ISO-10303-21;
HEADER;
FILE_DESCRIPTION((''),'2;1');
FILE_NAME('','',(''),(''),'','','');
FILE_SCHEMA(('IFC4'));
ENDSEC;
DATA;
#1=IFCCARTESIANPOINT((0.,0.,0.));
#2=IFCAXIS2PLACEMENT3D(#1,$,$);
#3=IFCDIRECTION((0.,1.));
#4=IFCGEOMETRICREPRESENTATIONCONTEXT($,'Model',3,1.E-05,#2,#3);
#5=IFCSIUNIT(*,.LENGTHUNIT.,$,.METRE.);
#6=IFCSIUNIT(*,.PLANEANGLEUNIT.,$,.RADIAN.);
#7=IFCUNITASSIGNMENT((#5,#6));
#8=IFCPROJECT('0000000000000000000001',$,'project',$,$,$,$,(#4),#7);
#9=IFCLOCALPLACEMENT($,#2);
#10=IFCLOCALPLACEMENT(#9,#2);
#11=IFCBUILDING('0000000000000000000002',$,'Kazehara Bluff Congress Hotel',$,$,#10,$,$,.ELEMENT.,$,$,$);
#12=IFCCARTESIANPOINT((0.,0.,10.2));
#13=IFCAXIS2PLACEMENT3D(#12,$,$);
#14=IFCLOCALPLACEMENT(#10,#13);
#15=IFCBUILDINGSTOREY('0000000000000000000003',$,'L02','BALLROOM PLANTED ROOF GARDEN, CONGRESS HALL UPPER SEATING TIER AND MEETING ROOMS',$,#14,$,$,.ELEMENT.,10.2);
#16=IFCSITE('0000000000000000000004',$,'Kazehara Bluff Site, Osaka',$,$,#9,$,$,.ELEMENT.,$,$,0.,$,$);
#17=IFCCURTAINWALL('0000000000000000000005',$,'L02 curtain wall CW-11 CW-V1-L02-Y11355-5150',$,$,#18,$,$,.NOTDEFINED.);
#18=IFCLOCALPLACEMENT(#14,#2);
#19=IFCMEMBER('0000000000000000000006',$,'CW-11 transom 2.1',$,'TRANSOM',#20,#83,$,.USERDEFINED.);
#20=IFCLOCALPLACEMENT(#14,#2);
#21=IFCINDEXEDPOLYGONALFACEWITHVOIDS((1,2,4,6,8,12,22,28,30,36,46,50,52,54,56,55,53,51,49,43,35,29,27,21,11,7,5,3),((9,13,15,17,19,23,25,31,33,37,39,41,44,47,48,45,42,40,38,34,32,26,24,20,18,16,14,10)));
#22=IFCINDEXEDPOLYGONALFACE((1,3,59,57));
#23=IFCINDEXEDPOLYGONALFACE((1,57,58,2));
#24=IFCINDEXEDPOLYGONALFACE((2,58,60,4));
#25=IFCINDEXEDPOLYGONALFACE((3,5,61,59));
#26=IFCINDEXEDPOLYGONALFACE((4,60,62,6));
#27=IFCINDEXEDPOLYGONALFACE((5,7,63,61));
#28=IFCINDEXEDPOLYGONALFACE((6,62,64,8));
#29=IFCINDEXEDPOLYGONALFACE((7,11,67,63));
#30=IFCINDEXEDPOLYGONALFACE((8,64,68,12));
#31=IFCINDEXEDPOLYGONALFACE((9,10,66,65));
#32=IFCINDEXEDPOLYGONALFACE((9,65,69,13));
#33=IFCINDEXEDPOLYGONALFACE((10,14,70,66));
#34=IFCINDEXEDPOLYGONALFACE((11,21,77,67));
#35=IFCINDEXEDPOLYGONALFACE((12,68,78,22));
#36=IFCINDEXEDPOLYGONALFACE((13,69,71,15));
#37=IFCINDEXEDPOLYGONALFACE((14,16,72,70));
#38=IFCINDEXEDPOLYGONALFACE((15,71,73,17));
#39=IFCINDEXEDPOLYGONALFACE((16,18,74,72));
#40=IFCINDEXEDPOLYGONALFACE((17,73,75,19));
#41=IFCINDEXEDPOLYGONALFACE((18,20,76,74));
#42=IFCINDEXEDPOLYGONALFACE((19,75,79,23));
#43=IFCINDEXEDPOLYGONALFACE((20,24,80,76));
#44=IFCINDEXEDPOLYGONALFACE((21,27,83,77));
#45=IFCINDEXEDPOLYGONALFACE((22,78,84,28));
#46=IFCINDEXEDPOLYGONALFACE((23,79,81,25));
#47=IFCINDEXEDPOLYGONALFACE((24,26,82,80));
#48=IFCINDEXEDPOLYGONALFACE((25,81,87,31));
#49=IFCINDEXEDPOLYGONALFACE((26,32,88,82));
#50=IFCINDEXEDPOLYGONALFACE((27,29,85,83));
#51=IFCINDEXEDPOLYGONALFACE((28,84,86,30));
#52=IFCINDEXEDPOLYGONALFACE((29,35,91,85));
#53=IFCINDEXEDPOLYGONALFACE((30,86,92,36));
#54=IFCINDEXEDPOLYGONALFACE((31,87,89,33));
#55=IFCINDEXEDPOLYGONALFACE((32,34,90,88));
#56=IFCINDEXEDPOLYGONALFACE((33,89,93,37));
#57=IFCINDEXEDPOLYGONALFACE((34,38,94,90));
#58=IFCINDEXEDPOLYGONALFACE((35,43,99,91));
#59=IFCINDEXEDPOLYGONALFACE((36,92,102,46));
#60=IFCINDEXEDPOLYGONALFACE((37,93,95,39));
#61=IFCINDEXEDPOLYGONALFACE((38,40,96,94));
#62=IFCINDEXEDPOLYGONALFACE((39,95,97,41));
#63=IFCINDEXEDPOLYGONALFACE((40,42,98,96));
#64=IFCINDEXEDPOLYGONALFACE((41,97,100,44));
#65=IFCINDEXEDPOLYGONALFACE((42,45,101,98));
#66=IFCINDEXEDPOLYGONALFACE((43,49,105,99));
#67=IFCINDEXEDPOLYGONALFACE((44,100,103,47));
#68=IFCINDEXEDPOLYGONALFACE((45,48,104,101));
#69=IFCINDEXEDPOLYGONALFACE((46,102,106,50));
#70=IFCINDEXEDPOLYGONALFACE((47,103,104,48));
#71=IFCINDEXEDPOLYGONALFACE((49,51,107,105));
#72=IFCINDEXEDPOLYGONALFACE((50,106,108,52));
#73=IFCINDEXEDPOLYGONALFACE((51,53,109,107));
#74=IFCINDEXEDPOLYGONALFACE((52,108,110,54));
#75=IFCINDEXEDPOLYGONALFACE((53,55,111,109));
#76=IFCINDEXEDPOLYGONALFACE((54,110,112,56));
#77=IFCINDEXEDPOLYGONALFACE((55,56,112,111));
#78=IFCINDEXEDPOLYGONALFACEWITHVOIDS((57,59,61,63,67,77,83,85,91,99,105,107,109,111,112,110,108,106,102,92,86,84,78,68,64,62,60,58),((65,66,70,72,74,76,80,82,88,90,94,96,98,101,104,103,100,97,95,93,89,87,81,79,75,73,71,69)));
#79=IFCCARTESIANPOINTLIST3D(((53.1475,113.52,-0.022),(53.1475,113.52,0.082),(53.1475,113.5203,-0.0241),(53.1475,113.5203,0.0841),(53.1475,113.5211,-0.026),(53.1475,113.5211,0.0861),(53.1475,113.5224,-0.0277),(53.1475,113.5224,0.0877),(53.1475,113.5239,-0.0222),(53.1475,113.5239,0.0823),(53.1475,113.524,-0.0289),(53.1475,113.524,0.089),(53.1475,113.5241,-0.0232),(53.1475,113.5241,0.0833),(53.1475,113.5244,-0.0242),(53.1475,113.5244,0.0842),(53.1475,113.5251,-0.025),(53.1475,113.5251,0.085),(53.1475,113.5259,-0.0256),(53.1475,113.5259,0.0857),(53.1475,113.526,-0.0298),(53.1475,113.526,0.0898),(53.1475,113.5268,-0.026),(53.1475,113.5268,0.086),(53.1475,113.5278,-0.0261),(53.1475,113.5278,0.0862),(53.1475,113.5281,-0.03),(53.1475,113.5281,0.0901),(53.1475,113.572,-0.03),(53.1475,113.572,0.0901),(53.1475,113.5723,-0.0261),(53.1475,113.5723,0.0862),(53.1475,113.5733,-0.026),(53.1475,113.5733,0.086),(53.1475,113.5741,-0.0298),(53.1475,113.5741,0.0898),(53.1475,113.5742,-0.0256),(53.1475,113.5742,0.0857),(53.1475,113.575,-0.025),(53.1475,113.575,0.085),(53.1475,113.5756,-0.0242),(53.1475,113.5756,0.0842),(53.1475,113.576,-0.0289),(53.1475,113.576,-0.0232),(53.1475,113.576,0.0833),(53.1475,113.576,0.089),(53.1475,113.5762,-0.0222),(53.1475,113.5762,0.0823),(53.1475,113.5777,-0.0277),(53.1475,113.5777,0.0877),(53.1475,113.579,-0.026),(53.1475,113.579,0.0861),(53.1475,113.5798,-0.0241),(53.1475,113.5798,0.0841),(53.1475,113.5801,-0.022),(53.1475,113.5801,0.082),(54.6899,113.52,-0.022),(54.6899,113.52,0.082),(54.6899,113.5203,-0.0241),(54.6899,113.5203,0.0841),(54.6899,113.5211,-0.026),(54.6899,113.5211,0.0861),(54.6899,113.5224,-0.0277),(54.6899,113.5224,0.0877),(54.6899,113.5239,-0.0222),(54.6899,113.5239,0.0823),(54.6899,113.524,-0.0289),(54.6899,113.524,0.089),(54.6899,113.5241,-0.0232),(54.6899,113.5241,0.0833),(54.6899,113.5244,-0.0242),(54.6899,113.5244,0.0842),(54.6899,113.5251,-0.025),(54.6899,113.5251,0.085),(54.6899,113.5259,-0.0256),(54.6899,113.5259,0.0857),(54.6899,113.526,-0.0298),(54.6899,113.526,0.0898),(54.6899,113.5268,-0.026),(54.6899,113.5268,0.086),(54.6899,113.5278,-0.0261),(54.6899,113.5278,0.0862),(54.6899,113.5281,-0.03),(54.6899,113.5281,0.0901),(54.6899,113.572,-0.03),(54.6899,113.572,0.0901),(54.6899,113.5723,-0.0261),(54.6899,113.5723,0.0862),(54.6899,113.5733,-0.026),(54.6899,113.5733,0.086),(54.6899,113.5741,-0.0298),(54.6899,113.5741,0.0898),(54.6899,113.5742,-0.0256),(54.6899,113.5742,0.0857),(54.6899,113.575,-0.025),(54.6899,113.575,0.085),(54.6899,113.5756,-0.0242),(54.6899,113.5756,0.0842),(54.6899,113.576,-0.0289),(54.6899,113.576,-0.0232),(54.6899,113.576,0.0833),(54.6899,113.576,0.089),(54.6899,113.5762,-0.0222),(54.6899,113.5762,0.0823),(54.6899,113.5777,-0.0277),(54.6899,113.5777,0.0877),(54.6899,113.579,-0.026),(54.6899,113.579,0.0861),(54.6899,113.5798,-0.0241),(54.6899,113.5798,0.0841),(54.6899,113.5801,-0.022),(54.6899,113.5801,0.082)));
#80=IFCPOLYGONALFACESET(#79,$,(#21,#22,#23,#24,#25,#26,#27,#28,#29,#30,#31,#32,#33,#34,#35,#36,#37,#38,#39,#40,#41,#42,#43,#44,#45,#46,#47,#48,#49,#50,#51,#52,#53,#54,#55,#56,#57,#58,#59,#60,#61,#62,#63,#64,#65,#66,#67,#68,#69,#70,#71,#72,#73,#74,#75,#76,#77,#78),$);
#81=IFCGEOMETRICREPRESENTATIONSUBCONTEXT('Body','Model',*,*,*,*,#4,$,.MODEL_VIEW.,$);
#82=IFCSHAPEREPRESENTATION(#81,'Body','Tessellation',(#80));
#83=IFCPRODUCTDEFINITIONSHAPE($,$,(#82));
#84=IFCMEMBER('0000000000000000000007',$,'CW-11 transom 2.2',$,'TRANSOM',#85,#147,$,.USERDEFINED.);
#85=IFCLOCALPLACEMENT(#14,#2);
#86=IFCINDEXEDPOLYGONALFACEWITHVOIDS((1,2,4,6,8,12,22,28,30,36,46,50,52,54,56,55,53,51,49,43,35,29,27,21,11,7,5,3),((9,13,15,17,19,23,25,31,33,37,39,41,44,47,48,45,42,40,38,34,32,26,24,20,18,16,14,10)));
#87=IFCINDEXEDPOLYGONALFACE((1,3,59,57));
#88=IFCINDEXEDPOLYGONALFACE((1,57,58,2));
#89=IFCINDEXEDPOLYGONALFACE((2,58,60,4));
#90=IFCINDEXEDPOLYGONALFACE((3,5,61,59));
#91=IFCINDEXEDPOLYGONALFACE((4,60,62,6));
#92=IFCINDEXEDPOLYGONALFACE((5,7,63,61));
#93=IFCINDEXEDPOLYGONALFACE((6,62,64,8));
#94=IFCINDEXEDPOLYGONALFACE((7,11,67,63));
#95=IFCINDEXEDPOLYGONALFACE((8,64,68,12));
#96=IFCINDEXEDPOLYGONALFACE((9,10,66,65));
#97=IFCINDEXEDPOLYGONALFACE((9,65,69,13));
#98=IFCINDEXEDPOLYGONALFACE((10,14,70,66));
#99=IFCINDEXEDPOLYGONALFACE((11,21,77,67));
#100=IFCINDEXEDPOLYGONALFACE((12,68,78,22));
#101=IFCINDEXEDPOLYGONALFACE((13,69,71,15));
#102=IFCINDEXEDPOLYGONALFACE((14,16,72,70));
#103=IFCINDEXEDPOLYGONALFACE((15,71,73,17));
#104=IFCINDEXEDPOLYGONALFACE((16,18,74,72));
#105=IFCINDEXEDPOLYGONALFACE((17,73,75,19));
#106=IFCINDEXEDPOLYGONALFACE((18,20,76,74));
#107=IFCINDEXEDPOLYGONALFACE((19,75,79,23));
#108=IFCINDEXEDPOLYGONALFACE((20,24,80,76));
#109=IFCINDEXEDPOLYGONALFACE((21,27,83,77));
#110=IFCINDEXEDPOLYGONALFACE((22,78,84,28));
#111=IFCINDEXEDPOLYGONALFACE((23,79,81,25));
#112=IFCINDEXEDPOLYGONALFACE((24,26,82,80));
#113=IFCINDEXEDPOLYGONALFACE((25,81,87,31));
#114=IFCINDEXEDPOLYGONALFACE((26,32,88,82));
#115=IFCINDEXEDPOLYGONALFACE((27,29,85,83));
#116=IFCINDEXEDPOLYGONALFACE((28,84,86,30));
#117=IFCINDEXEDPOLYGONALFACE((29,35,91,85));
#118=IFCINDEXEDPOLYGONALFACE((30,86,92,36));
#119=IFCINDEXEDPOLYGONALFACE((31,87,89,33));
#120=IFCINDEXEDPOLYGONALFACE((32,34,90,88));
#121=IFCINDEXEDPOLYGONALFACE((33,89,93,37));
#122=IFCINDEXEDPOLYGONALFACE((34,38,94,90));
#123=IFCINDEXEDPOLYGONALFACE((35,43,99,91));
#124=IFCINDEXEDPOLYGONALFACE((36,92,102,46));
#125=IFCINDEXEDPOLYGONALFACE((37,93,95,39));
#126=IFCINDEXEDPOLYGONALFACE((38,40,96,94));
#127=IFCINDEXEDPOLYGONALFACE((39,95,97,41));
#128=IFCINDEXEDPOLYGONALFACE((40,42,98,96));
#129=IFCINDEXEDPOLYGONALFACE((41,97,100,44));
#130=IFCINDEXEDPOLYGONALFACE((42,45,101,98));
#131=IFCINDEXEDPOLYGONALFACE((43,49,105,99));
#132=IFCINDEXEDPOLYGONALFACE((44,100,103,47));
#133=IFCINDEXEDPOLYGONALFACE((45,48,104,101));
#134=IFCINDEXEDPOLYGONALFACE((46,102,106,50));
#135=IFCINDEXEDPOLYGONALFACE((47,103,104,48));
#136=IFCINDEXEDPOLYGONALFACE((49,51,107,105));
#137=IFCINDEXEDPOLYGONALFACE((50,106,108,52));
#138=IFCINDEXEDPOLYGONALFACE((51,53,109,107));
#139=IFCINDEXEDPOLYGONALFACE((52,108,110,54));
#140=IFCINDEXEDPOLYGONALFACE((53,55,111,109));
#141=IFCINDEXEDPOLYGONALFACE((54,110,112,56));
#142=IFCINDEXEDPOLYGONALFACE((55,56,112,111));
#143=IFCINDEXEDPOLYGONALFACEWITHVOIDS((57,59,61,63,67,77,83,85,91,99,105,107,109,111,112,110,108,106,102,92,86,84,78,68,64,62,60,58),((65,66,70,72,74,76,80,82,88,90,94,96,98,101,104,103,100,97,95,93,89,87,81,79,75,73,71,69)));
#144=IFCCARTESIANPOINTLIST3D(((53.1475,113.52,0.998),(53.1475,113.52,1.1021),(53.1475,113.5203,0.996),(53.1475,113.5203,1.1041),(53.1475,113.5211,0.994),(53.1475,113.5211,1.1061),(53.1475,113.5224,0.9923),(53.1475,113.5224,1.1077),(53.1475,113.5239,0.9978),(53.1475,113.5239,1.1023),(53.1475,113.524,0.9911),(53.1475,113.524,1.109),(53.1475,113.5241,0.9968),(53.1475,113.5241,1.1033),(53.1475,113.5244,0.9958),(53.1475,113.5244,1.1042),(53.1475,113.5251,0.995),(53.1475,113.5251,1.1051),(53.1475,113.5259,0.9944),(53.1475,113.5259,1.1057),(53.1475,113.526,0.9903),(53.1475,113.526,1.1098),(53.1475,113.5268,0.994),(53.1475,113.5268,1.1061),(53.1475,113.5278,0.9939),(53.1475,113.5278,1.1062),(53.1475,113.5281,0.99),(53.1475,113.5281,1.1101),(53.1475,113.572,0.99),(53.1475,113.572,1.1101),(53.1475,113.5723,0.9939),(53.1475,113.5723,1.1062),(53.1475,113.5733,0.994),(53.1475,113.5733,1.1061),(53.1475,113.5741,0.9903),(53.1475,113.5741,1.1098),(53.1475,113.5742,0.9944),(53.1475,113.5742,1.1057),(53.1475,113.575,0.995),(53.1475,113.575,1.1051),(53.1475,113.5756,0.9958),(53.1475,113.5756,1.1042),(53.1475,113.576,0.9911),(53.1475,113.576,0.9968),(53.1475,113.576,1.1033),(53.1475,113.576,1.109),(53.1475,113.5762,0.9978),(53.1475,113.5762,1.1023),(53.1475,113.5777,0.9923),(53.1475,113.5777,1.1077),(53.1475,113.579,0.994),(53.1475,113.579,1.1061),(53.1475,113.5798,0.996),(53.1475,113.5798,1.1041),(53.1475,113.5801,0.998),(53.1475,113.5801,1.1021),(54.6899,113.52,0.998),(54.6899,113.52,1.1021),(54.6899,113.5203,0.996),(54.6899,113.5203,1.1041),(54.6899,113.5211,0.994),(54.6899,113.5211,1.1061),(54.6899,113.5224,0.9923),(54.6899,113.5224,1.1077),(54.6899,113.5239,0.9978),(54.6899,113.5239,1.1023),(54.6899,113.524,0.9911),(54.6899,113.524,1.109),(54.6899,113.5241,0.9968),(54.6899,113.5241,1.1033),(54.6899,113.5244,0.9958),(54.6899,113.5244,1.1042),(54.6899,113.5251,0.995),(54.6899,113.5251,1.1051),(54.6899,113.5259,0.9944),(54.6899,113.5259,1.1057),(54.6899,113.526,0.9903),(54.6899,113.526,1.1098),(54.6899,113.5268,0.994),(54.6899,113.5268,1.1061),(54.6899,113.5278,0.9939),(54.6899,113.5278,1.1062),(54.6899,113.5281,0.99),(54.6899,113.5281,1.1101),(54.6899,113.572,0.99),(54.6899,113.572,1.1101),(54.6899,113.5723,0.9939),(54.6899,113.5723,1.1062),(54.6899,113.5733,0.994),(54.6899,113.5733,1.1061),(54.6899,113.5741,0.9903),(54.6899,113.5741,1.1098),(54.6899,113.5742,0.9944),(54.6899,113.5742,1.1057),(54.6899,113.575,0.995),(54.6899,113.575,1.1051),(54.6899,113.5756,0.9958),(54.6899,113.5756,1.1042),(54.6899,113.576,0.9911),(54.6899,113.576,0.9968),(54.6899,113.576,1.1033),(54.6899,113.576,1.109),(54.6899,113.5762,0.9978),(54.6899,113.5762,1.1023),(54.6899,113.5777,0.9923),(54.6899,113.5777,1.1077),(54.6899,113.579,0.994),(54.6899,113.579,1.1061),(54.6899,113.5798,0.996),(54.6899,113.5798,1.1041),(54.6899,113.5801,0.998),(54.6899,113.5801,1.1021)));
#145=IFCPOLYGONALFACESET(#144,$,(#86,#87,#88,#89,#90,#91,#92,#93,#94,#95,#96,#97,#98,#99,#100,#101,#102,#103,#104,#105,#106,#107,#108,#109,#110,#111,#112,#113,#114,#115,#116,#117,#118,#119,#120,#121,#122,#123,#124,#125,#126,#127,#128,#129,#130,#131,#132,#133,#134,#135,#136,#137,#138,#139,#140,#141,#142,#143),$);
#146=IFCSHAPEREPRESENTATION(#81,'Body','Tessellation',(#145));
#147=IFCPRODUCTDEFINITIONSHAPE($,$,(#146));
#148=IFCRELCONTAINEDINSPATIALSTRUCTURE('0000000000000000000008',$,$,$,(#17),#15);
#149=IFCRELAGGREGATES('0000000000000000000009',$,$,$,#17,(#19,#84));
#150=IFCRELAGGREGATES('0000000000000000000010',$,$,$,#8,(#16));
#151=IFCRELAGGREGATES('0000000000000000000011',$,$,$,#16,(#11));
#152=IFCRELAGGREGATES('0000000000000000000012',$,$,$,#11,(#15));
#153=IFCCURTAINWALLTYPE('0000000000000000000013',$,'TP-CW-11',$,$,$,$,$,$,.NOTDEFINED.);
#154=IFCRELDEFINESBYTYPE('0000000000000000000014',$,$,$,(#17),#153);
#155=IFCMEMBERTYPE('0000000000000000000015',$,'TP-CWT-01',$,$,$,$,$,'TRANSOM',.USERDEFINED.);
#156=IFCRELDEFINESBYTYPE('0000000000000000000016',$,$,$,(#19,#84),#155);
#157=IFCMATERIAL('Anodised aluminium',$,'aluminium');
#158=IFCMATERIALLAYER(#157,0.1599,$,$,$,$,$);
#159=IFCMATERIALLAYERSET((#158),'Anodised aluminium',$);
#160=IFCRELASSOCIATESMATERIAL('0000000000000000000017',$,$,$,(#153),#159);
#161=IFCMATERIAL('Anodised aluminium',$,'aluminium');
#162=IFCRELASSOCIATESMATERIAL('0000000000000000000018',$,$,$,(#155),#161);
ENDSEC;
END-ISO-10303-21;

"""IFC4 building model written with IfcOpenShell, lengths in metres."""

from ifc_helpers import new_model, si_unit, direction, frame, origin, origin_2d, place, context, subcontext, project, spatial, hollow_rectangle, extrude, material, layer, layer_set, material_profile, profile_set, type_object, element, aggregate, save


model = new_model("IFC4")

# Units and contexts
model_context = context("Model", 3, precision=1e-05, world=origin(), true_north=direction((0.0, 1.0)))
body_context = subcontext(model_context, "Body", "Model", "MODEL_VIEW")
ifc_project = project(units=[si_unit("LENGTHUNIT", "METRE"), si_unit("PLANEANGLEUNIT", "RADIAN")], contexts=[model_context])

# Site, building, storey
site_placement = place(None, origin())
site = spatial("IfcSite", under=ifc_project, at=site_placement, Name="Kazehara Bluff Site, Osaka", CompositionType="ELEMENT", RefElevation=0.0)
building_placement = place(site_placement, origin())
building = spatial("IfcBuilding", under=site, at=building_placement, Name="Kazehara Bluff Congress Hotel", CompositionType="ELEMENT")
storey_placement = place(building_placement, frame((0.0, 0.0, 10.2)))
storey = spatial("IfcBuildingStorey", under=building, at=storey_placement, Name="L02", Description="BALLROOM PLANTED ROOF GARDEN, CONGRESS HALL UPPER SEATING TIER AND MEETING ROOMS", CompositionType="ELEMENT", Elevation=10.2)

# Curtain wall, members
ifc_material_1 = material(Name="Anodised aluminium", Category="aluminium")
ifc_layer_1 = layer(ifc_material_1, 0.1599)
ifc_layer_set_1 = layer_set([ifc_layer_1], Name="Anodised aluminium")
curtain_wall_type = type_object("IfcCurtainWallType", Name="TP-CW-11", PredefinedType="NOTDEFINED", material=ifc_layer_set_1)
curtain_wall_placement = place(storey_placement, origin())
curtain_wall = element("IfcCurtainWall", 1, at=curtain_wall_placement, inside=storey, type_object=curtain_wall_type, Name="L02 curtain wall CW-11 CW-V1-L02-Y11355-5150", PredefinedType="NOTDEFINED")
ifc_material_2 = material(Name="Anodised aluminium", Category="aluminium")
ifc_material_profile_1 = material_profile(ifc_material_2, hollow_rectangle(XDim=0.0601, YDim=0.1201, WallThickness=0.0039, InnerFilletRadius=0.0039, OuterFilletRadius=0.0081, at=origin_2d()))
ifc_profile_set_1 = profile_set([ifc_material_profile_1], Name="Anodised aluminium")
member_type_1 = type_object("IfcMemberType", Name="TP-CWT-01", ElementType="TRANSOM", PredefinedType="USERDEFINED", material=ifc_profile_set_1)
member_1_placement = place(storey_placement, frame((53.1475, 113.55, 0.03), z_axis=(1.0, 0.0, 0.0), x_axis=(0.0, 1.0, 0.0)))
member_1 = element("IfcMember", 2, at=member_1_placement, type_object=member_type_1, Name="CW-11 transom 2.1", ObjectType="TRANSOM", PredefinedType="USERDEFINED", context=body_context, shape_type="SweptSolid", body=[
    extrude(hollow_rectangle(XDim=0.0601, YDim=0.1201, WallThickness=0.0039, InnerFilletRadius=0.0039, OuterFilletRadius=0.0081, at=origin_2d()), origin(), (0.0, 0.0, 1.0), 1.5425),
])
member_2_placement = place(storey_placement, frame((53.1475, 113.55, 1.05), z_axis=(1.0, 0.0, 0.0), x_axis=(0.0, 1.0, 0.0)))
member_2 = element("IfcMember", 3, at=member_2_placement, type_object=member_type_1, Name="CW-11 transom 2.2", ObjectType="TRANSOM", PredefinedType="USERDEFINED", context=body_context, shape_type="SweptSolid", body=[
    extrude(hollow_rectangle(XDim=0.0601, YDim=0.1201, WallThickness=0.0039, InnerFilletRadius=0.0039, OuterFilletRadius=0.0081, at=origin_2d()), origin(), (0.0, 0.0, 1.0), 1.5425),
])
aggregate(curtain_wall, [member_1, member_2])

save(model, "model.ifc")
